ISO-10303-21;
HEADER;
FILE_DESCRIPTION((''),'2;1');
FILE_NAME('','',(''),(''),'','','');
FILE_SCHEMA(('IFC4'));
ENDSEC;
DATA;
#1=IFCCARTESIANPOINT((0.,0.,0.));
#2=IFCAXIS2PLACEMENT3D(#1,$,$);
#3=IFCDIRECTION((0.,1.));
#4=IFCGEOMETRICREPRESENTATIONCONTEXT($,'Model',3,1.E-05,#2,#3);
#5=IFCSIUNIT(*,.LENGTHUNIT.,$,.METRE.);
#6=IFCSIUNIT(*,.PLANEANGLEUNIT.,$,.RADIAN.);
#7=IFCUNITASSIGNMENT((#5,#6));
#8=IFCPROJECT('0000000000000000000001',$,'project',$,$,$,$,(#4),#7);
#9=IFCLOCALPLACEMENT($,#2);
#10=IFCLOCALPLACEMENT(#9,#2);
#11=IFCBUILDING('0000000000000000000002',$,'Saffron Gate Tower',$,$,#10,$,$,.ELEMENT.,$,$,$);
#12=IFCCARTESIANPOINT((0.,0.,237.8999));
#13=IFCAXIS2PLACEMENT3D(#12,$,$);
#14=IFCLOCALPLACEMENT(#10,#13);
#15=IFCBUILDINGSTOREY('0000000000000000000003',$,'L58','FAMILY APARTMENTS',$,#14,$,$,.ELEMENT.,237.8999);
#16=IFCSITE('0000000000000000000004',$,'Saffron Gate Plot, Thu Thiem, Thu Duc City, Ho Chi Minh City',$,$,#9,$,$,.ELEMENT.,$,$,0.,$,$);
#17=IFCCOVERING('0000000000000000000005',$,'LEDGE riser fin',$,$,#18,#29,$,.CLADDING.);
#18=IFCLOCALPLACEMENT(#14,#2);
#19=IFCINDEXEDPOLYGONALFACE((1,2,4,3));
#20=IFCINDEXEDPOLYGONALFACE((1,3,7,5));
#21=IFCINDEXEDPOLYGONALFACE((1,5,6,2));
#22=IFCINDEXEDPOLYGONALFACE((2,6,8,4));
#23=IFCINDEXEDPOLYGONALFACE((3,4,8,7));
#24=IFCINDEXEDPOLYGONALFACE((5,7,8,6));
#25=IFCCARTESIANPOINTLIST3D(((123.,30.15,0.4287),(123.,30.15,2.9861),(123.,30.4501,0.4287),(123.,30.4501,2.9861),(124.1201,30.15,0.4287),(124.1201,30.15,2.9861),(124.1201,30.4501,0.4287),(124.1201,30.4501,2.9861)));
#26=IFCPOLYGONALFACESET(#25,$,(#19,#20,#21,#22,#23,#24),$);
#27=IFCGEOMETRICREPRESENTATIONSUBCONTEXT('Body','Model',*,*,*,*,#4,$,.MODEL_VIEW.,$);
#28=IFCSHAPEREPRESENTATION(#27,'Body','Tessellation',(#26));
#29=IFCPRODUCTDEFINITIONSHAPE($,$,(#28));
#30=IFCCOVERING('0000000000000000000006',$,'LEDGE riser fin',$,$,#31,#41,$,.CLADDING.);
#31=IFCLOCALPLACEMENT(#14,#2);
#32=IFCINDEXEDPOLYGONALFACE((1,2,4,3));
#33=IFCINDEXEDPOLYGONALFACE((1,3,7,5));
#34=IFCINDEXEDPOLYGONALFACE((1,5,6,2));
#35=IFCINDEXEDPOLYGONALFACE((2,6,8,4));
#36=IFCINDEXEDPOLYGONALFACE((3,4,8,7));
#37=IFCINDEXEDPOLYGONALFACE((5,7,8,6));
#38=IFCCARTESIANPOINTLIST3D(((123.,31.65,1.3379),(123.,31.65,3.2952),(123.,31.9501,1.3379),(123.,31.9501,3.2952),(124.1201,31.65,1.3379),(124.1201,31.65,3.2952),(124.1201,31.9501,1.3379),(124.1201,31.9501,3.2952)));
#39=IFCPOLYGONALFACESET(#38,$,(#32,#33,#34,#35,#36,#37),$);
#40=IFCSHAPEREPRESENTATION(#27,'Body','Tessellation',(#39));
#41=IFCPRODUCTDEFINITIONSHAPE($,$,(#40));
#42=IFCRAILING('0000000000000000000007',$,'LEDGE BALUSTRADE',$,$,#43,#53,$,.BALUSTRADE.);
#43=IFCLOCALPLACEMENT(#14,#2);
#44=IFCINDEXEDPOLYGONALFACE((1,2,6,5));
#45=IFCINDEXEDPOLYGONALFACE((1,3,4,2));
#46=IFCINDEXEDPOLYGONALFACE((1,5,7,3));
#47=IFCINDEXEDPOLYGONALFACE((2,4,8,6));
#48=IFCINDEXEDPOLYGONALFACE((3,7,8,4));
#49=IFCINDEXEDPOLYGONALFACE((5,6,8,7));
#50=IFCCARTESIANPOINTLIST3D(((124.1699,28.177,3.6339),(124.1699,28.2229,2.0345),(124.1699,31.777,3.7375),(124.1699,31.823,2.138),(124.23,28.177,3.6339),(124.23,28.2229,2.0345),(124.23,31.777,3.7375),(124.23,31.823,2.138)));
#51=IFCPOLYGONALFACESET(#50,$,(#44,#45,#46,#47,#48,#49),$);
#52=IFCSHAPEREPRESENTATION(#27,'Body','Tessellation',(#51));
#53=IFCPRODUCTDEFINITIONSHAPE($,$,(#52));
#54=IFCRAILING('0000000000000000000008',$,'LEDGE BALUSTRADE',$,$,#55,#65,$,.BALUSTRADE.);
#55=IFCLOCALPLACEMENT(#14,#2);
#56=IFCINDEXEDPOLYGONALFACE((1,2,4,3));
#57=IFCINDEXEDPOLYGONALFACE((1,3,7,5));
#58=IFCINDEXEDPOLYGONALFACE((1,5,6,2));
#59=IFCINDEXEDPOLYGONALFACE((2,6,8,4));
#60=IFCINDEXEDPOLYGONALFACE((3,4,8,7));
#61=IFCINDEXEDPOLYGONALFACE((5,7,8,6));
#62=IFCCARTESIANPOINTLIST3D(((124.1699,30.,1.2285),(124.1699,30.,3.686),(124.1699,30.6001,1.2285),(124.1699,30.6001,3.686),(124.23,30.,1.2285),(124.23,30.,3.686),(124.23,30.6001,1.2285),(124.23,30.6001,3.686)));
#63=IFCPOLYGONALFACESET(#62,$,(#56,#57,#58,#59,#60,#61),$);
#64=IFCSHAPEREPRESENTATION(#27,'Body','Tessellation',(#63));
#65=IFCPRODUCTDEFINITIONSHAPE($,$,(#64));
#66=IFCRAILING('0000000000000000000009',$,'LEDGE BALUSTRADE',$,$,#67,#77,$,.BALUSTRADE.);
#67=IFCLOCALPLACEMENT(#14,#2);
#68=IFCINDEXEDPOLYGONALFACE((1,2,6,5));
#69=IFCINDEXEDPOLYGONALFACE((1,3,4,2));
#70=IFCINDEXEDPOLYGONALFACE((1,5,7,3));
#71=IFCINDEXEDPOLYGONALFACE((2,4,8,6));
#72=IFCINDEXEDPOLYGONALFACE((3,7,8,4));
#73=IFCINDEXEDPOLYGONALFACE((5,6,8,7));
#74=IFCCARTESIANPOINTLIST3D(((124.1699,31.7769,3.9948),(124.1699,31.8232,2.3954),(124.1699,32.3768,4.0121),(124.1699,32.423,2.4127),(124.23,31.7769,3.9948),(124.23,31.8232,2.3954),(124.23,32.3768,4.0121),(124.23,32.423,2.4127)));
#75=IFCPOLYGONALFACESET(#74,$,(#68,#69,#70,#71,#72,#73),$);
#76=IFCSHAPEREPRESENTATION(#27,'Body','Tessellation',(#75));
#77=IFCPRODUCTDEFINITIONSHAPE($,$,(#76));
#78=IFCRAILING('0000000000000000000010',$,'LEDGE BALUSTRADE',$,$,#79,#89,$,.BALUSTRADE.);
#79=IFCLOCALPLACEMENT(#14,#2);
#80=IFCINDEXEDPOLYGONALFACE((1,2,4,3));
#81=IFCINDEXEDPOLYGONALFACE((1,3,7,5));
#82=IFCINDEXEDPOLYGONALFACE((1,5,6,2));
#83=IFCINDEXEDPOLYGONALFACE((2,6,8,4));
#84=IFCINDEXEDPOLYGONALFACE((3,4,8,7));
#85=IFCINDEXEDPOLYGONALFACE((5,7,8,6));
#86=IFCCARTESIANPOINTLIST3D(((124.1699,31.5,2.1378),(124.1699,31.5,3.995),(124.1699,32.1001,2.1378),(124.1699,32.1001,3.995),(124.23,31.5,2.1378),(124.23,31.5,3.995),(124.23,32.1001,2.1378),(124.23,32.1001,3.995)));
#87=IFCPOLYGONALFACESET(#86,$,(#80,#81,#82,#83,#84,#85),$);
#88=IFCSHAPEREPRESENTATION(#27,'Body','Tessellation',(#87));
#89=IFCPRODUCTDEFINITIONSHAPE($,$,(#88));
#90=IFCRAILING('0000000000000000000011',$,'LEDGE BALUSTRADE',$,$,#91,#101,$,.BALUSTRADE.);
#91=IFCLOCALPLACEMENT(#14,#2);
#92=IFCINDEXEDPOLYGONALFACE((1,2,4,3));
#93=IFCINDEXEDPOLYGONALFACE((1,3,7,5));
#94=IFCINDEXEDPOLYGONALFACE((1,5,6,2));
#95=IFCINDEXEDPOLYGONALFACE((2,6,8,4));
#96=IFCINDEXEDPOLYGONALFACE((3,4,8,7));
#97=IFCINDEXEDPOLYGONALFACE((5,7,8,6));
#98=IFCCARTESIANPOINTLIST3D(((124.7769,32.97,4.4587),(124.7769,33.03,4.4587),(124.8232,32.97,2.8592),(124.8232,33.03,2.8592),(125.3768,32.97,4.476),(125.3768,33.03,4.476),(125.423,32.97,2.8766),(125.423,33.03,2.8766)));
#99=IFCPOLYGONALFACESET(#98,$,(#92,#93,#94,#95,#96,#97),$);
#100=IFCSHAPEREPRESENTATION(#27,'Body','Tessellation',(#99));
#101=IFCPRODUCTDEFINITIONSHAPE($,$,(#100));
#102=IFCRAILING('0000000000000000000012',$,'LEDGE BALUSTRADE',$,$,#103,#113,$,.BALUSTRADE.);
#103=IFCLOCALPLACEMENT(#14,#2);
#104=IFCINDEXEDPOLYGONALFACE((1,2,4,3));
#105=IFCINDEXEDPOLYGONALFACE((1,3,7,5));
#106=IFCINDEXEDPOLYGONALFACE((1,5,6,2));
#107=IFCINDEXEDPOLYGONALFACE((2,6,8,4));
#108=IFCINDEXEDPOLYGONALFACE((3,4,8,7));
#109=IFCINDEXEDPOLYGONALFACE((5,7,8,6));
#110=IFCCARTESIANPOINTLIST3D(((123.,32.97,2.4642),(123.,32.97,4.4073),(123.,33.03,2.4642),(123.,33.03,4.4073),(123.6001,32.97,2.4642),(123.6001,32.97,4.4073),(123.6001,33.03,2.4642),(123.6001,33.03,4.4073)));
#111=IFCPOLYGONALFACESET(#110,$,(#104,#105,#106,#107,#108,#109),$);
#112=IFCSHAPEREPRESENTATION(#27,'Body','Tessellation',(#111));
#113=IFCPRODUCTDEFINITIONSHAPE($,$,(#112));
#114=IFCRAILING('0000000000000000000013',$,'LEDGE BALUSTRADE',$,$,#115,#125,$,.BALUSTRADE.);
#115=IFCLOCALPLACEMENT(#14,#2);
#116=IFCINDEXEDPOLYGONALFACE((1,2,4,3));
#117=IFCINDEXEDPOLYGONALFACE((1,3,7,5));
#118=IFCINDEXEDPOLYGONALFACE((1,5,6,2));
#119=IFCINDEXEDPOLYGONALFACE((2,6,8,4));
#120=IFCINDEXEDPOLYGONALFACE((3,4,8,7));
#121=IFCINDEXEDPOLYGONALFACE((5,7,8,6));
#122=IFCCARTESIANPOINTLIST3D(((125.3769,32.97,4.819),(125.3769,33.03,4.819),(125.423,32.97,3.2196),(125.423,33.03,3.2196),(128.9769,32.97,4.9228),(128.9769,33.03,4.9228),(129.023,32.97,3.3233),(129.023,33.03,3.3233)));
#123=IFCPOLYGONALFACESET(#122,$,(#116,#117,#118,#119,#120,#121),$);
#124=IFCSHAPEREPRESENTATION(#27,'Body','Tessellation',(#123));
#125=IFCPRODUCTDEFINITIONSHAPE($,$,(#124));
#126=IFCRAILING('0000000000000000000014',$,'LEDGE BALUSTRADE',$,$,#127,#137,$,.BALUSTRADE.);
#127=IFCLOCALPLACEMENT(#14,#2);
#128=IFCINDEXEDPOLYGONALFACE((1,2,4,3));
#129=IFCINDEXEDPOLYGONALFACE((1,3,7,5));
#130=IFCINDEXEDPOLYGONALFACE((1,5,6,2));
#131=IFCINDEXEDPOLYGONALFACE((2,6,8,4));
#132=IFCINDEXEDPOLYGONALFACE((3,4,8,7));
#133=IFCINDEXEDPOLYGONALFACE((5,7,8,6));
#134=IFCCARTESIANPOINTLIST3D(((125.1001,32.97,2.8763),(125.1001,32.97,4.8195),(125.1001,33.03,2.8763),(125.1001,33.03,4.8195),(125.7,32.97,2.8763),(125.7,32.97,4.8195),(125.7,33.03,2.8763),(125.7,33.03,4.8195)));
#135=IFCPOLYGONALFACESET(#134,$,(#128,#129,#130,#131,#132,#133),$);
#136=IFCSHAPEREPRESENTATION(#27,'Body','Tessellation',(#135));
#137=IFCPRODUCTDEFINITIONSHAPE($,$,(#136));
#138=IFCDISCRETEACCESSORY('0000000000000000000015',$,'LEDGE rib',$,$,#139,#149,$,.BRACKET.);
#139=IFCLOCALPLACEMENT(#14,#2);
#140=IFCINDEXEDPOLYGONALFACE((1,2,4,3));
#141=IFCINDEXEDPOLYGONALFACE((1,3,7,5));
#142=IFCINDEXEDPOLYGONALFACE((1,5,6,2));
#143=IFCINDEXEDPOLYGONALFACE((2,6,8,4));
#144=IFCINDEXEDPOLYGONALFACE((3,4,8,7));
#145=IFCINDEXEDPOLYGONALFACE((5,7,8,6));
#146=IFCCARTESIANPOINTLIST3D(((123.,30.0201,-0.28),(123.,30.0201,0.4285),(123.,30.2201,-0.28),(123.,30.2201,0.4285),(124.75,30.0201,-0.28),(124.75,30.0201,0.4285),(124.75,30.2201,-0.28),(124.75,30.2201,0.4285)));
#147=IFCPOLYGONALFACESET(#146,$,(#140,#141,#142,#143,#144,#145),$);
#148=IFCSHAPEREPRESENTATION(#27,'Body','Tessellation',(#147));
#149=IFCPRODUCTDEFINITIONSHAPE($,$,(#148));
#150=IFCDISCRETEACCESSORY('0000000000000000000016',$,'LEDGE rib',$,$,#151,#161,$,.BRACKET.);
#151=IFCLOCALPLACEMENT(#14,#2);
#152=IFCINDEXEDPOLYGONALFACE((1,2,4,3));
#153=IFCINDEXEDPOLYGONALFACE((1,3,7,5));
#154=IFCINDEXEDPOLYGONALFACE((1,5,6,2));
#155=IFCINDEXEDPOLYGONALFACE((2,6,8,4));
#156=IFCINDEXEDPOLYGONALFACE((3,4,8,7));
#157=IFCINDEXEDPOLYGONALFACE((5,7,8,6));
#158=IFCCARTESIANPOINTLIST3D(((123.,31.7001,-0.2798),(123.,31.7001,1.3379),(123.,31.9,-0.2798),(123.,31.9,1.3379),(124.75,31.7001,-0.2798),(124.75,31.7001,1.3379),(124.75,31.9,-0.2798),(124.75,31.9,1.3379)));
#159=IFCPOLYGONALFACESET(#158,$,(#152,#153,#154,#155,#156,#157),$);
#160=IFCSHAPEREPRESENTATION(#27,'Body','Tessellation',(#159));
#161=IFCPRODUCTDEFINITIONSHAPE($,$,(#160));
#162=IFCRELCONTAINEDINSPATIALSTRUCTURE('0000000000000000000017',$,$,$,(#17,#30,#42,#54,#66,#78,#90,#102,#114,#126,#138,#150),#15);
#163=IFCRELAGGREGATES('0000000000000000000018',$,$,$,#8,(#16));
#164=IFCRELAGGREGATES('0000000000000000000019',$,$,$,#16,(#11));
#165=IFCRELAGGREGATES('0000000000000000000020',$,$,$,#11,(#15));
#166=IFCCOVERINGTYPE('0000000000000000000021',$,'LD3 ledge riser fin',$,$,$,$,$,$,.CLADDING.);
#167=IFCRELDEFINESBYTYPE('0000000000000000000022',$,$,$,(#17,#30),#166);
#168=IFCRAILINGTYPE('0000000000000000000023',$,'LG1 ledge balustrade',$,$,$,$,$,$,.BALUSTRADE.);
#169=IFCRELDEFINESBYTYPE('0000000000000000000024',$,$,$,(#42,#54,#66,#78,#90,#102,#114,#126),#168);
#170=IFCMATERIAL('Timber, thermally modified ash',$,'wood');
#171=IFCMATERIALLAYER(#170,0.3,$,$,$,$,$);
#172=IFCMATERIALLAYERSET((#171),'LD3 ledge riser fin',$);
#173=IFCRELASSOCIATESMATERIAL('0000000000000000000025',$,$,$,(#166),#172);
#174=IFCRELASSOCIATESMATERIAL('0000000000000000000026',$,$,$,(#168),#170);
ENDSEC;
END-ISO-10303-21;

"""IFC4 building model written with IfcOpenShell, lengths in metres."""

from ifc_helpers import new_model, si_unit, direction, frame, origin, origin_2d, place, context, subcontext, project, spatial, rectangle, extrude, material, layer, layer_set, type_object, element, save


model = new_model("IFC4")

# Units and contexts
model_context = context("Model", 3, precision=1e-05, world=origin(), true_north=direction((0.0, 1.0)))
body_context = subcontext(model_context, "Body", "Model", "MODEL_VIEW")
ifc_project = project(units=[si_unit("LENGTHUNIT", "METRE"), si_unit("PLANEANGLEUNIT", "RADIAN")], contexts=[model_context])

# Site, building, storey
site_placement = place(None, origin())
site = spatial("IfcSite", under=ifc_project, at=site_placement, Name="Saffron Gate Plot, Thu Thiem, Thu Duc City, Ho Chi Minh City", CompositionType="ELEMENT", RefElevation=0.0)
building_placement = place(site_placement, origin())
building = spatial("IfcBuilding", under=site, at=building_placement, Name="Saffron Gate Tower", CompositionType="ELEMENT")
storey_placement = place(building_placement, frame((0.0, 0.0, 237.8999)))
storey = spatial("IfcBuildingStorey", under=building, at=storey_placement, Name="L58", Description="FAMILY APARTMENTS", CompositionType="ELEMENT", Elevation=237.8999)

# Coverings
ifc_material_1 = material(Name="Timber, thermally modified ash", Category="wood")
ifc_layer_1 = layer(ifc_material_1, 0.3)
ifc_layer_set_1 = layer_set([ifc_layer_1], Name="LD3 ledge riser fin")
covering_type_1 = type_object("IfcCoveringType", Name="LD3 ledge riser fin", PredefinedType="CLADDING", material=ifc_layer_set_1)
covering_1_placement = place(storey_placement, frame((123.5601, 30.3, 0.4287), z_axis=(0.0, 0.0, 1.0), x_axis=(0.0, 1.0, 0.0)))
element("IfcCovering", 1, at=covering_1_placement, inside=storey, type_object=covering_type_1, Name="LEDGE riser fin", PredefinedType="CLADDING", context=body_context, shape_type="SweptSolid", body=[
    extrude(rectangle(XDim=0.3, YDim=1.1201, at=origin_2d()), origin(), (0.0, 0.0, 1.0), 2.5574),
])
covering_2_placement = place(storey_placement, frame((123.5601, 31.8, 1.3379), z_axis=(0.0, 0.0, 1.0), x_axis=(0.0, 1.0, 0.0)))
element("IfcCovering", 2, at=covering_2_placement, inside=storey, type_object=covering_type_1, Name="LEDGE riser fin", PredefinedType="CLADDING", context=body_context, shape_type="SweptSolid", body=[
    extrude(rectangle(XDim=0.3, YDim=1.1201, at=origin_2d()), origin(), (0.0, 0.0, 1.0), 1.9573),
])

# Railings
railing_type = type_object("IfcRailingType", Name="LG1 ledge balustrade", PredefinedType="BALUSTRADE", material=ifc_material_1)
railing_1_placement = place(storey_placement, frame((124.2, 28.2, 2.0342)))
element("IfcRailing", 3, at=railing_1_placement, inside=storey, type_object=railing_type, Name="LEDGE BALUSTRADE", PredefinedType="BALUSTRADE", context=body_context, shape_type="SweptSolid", body=[
    extrude(rectangle(XDim=0.0601, YDim=1.6001, at=origin_2d()), frame((0.0, 0.0, 0.8), z_axis=(0.0, 0.999587, 0.028742), x_axis=(-1.0, 0.0, 0.0)), (0.0, 0.0, 1.0), 3.6016),
])
railing_2_placement = place(storey_placement, frame((124.2, 30.0, 1.2285)))
element("IfcRailing", 4, at=railing_2_placement, inside=storey, type_object=railing_type, Name="LEDGE BALUSTRADE", PredefinedType="BALUSTRADE", context=body_context, shape_type="SweptSolid", body=[
    extrude(rectangle(XDim=0.0601, YDim=2.4575, at=origin_2d()), frame((0.0, 0.0, 1.2288), z_axis=(0.0, 1.0, 0.0), x_axis=(-1.0, 0.0, 0.0)), (0.0, 0.0, 1.0), 0.6001),
])
railing_3_placement = place(storey_placement, frame((124.2, 31.8, 2.395)))
element("IfcRailing", 5, at=railing_3_placement, inside=storey, type_object=railing_type, Name="LEDGE BALUSTRADE", PredefinedType="BALUSTRADE", context=body_context, shape_type="SweptSolid", body=[
    extrude(rectangle(XDim=0.0601, YDim=1.6001, at=origin_2d()), frame((0.0, 0.0, 0.8), z_axis=(0.0, 0.999583, 0.028885), x_axis=(-1.0, 0.0, 0.0)), (0.0, 0.0, 1.0), 0.6001),
])
railing_4_placement = place(storey_placement, frame((124.2, 31.5, 2.1377)))
element("IfcRailing", 6, at=railing_4_placement, inside=storey, type_object=railing_type, Name="LEDGE BALUSTRADE", PredefinedType="BALUSTRADE", context=body_context, shape_type="SweptSolid", body=[
    extrude(rectangle(XDim=0.0601, YDim=1.8572, at=origin_2d()), frame((0.0, 0.0, 0.9287), z_axis=(0.0, 1.0, 0.0), x_axis=(-1.0, 0.0, 0.0)), (0.0, 0.0, 1.0), 0.6001),
])
railing_5_placement = place(storey_placement, frame((124.8, 33.0, 2.8589)))
element("IfcRailing", 7, at=railing_5_placement, inside=storey, type_object=railing_type, Name="LEDGE BALUSTRADE", PredefinedType="BALUSTRADE", context=body_context, shape_type="SweptSolid", body=[
    extrude(rectangle(XDim=0.0601, YDim=1.6001, at=origin_2d()), frame((0.0, 0.0, 0.8), z_axis=(0.999583, 0.0, 0.028885), x_axis=(0.0, 1.0, 0.0)), (0.0, 0.0, 1.0), 0.6001),
])
railing_6_placement = place(storey_placement, frame((123.0, 33.0, 2.4641)))
element("IfcRailing", 8, at=railing_6_placement, inside=storey, type_object=railing_type, Name="LEDGE BALUSTRADE", PredefinedType="BALUSTRADE", context=body_context, shape_type="SweptSolid", body=[
    extrude(rectangle(XDim=0.0601, YDim=1.9431, at=origin_2d()), frame((0.0, 0.0, 0.9717), z_axis=(1.0, 0.0, 0.0), x_axis=(0.0, 1.0, 0.0)), (0.0, 0.0, 1.0), 0.6001),
])
railing_7_placement = place(storey_placement, frame((125.3999, 33.0, 3.2192)))
element("IfcRailing", 9, at=railing_7_placement, inside=storey, type_object=railing_type, Name="LEDGE BALUSTRADE", PredefinedType="BALUSTRADE", context=body_context, shape_type="SweptSolid", body=[
    extrude(rectangle(XDim=0.0601, YDim=1.6001, at=origin_2d()), frame((0.0, 0.0, 0.8), z_axis=(0.999585, 0.0, 0.028809), x_axis=(0.0, 1.0, 0.0)), (0.0, 0.0, 1.0), 3.6016),
])
railing_8_placement = place(storey_placement, frame((125.1001, 33.0, 2.8762)))
element("IfcRailing", 10, at=railing_8_placement, inside=storey, type_object=railing_type, Name="LEDGE BALUSTRADE", PredefinedType="BALUSTRADE", context=body_context, shape_type="SweptSolid", body=[
    extrude(rectangle(XDim=0.0601, YDim=1.9431, at=origin_2d()), frame((0.0, 0.0, 0.9717), z_axis=(1.0, 0.0, 0.0), x_axis=(0.0, 1.0, 0.0)), (0.0, 0.0, 1.0), 0.5999),
])

# Discrete accessories
discrete_accessory_1_placement = place(storey_placement, frame((123.875, 30.1201, -0.28), z_axis=(0.0, 0.0, 1.0), x_axis=(0.0, 1.0, 0.0)))
element("IfcDiscreteAccessory", 11, at=discrete_accessory_1_placement, inside=storey, Name="LEDGE rib", PredefinedType="BRACKET", context=body_context, shape_type="SweptSolid", body=[
    extrude(rectangle(XDim=0.2, YDim=1.75, at=origin_2d()), origin(), (0.0, 0.0, 1.0), 0.7085),
])
discrete_accessory_2_placement = place(storey_placement, frame((123.875, 31.8, -0.2798), z_axis=(0.0, 0.0, 1.0), x_axis=(0.0, 1.0, 0.0)))
element("IfcDiscreteAccessory", 12, at=discrete_accessory_2_placement, inside=storey, Name="LEDGE rib", PredefinedType="BRACKET", context=body_context, shape_type="SweptSolid", body=[
    extrude(rectangle(XDim=0.2, YDim=1.75, at=origin_2d()), origin(), (0.0, 0.0, 1.0), 1.6177),
])

save(model, "model.ifc")
